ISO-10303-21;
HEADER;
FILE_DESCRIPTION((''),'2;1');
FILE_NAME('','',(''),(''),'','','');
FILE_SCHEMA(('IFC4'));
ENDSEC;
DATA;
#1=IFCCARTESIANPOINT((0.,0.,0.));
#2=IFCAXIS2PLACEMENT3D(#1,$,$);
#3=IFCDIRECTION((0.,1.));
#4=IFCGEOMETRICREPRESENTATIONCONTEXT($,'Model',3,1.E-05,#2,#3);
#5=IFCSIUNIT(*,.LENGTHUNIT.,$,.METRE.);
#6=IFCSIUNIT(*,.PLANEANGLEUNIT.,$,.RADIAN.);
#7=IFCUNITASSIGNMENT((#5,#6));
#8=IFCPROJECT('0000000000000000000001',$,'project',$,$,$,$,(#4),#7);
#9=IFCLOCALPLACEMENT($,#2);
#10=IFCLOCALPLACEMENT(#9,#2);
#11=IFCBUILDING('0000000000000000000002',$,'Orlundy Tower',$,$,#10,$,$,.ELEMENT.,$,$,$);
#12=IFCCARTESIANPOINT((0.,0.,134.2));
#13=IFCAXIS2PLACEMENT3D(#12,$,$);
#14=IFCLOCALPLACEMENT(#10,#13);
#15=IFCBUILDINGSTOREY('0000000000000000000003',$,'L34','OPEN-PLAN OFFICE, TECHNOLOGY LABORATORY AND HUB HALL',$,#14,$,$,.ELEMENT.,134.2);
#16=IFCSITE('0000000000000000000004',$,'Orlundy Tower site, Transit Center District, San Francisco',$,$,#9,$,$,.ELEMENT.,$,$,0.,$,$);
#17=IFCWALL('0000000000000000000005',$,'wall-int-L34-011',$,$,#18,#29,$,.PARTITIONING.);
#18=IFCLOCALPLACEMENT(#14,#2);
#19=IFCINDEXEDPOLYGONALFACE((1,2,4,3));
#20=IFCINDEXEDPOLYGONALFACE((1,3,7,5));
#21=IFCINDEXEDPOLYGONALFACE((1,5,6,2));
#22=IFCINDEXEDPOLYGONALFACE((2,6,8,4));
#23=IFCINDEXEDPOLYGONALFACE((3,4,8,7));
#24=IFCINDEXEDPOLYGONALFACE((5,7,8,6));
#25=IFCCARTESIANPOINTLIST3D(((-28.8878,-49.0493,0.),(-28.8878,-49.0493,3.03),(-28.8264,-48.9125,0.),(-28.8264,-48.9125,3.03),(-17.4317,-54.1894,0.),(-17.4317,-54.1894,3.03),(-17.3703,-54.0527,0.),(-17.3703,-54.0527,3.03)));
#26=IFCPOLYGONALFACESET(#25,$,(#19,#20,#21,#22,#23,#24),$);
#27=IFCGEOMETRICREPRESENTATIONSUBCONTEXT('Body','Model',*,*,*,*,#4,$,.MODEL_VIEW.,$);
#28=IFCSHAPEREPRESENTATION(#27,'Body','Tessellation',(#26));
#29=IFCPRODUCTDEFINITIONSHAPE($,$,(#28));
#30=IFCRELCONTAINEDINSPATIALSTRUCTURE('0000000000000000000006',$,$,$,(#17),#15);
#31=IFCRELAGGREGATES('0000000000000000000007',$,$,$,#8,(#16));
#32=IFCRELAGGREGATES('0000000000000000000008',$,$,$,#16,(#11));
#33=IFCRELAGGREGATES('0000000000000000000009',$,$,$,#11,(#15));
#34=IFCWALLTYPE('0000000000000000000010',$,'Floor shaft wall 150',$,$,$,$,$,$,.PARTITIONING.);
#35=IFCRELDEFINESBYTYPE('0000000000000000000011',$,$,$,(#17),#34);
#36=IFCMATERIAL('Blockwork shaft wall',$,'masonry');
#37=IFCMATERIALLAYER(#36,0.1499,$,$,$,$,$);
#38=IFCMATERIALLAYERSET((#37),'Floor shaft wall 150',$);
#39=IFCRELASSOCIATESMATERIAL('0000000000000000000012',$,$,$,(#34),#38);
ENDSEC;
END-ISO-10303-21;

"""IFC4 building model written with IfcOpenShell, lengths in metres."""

from ifc_helpers import new_model, si_unit, direction, frame, frame_2d, origin, place, context, subcontext, project, spatial, rectangle, extrude, material, layer, layer_set, type_object, element, save


model = new_model("IFC4")

# Units and contexts
model_context = context("Model", 3, precision=1e-05, world=origin(), true_north=direction((0.0, 1.0)))
body_context = subcontext(model_context, "Body", "Model", "MODEL_VIEW")
ifc_project = project(units=[si_unit("LENGTHUNIT", "METRE"), si_unit("PLANEANGLEUNIT", "RADIAN")], contexts=[model_context])

# Site, building, storey
site_placement = place(None, origin())
site = spatial("IfcSite", under=ifc_project, at=site_placement, Name="Orlundy Tower site, Transit Center District, San Francisco", CompositionType="ELEMENT", RefElevation=0.0)
building_placement = place(site_placement, origin())
building = spatial("IfcBuilding", under=site, at=building_placement, Name="Orlundy Tower", CompositionType="ELEMENT")
storey_placement = place(building_placement, frame((0.0, 0.0, 134.2)))
storey = spatial("IfcBuildingStorey", under=building, at=storey_placement, Name="L34", Description="OPEN-PLAN OFFICE, TECHNOLOGY LABORATORY AND HUB HALL", CompositionType="ELEMENT", Elevation=134.2)

# Wall
ifc_material_1 = material(Name="Blockwork shaft wall", Category="masonry")
ifc_layer_1 = layer(ifc_material_1, 0.1499)
ifc_layer_set_1 = layer_set([ifc_layer_1], Name="Floor shaft wall 150")
wall_type_1 = type_object("IfcWallType", Name="Floor shaft wall 150", PredefinedType="PARTITIONING", material=ifc_layer_set_1)
wall_1_placement = place(storey_placement, frame((-17.4009, -54.1211, 0.0), z_axis=(0.0, 0.0, 1.0), x_axis=(-0.912371, 0.409365, 0.0)))
element("IfcWall", 1, at=wall_1_placement, inside=storey, type_object=wall_type_1, Name="wall-int-L34-011", PredefinedType="PARTITIONING", context=body_context, shape_type="SweptSolid", body=[
    extrude(rectangle(XDim=12.5564, YDim=0.1499, at=frame_2d((6.2783, 0.0))), origin(), (0.0, 0.0, 1.0), 3.03),
])

save(model, "model.ifc")
